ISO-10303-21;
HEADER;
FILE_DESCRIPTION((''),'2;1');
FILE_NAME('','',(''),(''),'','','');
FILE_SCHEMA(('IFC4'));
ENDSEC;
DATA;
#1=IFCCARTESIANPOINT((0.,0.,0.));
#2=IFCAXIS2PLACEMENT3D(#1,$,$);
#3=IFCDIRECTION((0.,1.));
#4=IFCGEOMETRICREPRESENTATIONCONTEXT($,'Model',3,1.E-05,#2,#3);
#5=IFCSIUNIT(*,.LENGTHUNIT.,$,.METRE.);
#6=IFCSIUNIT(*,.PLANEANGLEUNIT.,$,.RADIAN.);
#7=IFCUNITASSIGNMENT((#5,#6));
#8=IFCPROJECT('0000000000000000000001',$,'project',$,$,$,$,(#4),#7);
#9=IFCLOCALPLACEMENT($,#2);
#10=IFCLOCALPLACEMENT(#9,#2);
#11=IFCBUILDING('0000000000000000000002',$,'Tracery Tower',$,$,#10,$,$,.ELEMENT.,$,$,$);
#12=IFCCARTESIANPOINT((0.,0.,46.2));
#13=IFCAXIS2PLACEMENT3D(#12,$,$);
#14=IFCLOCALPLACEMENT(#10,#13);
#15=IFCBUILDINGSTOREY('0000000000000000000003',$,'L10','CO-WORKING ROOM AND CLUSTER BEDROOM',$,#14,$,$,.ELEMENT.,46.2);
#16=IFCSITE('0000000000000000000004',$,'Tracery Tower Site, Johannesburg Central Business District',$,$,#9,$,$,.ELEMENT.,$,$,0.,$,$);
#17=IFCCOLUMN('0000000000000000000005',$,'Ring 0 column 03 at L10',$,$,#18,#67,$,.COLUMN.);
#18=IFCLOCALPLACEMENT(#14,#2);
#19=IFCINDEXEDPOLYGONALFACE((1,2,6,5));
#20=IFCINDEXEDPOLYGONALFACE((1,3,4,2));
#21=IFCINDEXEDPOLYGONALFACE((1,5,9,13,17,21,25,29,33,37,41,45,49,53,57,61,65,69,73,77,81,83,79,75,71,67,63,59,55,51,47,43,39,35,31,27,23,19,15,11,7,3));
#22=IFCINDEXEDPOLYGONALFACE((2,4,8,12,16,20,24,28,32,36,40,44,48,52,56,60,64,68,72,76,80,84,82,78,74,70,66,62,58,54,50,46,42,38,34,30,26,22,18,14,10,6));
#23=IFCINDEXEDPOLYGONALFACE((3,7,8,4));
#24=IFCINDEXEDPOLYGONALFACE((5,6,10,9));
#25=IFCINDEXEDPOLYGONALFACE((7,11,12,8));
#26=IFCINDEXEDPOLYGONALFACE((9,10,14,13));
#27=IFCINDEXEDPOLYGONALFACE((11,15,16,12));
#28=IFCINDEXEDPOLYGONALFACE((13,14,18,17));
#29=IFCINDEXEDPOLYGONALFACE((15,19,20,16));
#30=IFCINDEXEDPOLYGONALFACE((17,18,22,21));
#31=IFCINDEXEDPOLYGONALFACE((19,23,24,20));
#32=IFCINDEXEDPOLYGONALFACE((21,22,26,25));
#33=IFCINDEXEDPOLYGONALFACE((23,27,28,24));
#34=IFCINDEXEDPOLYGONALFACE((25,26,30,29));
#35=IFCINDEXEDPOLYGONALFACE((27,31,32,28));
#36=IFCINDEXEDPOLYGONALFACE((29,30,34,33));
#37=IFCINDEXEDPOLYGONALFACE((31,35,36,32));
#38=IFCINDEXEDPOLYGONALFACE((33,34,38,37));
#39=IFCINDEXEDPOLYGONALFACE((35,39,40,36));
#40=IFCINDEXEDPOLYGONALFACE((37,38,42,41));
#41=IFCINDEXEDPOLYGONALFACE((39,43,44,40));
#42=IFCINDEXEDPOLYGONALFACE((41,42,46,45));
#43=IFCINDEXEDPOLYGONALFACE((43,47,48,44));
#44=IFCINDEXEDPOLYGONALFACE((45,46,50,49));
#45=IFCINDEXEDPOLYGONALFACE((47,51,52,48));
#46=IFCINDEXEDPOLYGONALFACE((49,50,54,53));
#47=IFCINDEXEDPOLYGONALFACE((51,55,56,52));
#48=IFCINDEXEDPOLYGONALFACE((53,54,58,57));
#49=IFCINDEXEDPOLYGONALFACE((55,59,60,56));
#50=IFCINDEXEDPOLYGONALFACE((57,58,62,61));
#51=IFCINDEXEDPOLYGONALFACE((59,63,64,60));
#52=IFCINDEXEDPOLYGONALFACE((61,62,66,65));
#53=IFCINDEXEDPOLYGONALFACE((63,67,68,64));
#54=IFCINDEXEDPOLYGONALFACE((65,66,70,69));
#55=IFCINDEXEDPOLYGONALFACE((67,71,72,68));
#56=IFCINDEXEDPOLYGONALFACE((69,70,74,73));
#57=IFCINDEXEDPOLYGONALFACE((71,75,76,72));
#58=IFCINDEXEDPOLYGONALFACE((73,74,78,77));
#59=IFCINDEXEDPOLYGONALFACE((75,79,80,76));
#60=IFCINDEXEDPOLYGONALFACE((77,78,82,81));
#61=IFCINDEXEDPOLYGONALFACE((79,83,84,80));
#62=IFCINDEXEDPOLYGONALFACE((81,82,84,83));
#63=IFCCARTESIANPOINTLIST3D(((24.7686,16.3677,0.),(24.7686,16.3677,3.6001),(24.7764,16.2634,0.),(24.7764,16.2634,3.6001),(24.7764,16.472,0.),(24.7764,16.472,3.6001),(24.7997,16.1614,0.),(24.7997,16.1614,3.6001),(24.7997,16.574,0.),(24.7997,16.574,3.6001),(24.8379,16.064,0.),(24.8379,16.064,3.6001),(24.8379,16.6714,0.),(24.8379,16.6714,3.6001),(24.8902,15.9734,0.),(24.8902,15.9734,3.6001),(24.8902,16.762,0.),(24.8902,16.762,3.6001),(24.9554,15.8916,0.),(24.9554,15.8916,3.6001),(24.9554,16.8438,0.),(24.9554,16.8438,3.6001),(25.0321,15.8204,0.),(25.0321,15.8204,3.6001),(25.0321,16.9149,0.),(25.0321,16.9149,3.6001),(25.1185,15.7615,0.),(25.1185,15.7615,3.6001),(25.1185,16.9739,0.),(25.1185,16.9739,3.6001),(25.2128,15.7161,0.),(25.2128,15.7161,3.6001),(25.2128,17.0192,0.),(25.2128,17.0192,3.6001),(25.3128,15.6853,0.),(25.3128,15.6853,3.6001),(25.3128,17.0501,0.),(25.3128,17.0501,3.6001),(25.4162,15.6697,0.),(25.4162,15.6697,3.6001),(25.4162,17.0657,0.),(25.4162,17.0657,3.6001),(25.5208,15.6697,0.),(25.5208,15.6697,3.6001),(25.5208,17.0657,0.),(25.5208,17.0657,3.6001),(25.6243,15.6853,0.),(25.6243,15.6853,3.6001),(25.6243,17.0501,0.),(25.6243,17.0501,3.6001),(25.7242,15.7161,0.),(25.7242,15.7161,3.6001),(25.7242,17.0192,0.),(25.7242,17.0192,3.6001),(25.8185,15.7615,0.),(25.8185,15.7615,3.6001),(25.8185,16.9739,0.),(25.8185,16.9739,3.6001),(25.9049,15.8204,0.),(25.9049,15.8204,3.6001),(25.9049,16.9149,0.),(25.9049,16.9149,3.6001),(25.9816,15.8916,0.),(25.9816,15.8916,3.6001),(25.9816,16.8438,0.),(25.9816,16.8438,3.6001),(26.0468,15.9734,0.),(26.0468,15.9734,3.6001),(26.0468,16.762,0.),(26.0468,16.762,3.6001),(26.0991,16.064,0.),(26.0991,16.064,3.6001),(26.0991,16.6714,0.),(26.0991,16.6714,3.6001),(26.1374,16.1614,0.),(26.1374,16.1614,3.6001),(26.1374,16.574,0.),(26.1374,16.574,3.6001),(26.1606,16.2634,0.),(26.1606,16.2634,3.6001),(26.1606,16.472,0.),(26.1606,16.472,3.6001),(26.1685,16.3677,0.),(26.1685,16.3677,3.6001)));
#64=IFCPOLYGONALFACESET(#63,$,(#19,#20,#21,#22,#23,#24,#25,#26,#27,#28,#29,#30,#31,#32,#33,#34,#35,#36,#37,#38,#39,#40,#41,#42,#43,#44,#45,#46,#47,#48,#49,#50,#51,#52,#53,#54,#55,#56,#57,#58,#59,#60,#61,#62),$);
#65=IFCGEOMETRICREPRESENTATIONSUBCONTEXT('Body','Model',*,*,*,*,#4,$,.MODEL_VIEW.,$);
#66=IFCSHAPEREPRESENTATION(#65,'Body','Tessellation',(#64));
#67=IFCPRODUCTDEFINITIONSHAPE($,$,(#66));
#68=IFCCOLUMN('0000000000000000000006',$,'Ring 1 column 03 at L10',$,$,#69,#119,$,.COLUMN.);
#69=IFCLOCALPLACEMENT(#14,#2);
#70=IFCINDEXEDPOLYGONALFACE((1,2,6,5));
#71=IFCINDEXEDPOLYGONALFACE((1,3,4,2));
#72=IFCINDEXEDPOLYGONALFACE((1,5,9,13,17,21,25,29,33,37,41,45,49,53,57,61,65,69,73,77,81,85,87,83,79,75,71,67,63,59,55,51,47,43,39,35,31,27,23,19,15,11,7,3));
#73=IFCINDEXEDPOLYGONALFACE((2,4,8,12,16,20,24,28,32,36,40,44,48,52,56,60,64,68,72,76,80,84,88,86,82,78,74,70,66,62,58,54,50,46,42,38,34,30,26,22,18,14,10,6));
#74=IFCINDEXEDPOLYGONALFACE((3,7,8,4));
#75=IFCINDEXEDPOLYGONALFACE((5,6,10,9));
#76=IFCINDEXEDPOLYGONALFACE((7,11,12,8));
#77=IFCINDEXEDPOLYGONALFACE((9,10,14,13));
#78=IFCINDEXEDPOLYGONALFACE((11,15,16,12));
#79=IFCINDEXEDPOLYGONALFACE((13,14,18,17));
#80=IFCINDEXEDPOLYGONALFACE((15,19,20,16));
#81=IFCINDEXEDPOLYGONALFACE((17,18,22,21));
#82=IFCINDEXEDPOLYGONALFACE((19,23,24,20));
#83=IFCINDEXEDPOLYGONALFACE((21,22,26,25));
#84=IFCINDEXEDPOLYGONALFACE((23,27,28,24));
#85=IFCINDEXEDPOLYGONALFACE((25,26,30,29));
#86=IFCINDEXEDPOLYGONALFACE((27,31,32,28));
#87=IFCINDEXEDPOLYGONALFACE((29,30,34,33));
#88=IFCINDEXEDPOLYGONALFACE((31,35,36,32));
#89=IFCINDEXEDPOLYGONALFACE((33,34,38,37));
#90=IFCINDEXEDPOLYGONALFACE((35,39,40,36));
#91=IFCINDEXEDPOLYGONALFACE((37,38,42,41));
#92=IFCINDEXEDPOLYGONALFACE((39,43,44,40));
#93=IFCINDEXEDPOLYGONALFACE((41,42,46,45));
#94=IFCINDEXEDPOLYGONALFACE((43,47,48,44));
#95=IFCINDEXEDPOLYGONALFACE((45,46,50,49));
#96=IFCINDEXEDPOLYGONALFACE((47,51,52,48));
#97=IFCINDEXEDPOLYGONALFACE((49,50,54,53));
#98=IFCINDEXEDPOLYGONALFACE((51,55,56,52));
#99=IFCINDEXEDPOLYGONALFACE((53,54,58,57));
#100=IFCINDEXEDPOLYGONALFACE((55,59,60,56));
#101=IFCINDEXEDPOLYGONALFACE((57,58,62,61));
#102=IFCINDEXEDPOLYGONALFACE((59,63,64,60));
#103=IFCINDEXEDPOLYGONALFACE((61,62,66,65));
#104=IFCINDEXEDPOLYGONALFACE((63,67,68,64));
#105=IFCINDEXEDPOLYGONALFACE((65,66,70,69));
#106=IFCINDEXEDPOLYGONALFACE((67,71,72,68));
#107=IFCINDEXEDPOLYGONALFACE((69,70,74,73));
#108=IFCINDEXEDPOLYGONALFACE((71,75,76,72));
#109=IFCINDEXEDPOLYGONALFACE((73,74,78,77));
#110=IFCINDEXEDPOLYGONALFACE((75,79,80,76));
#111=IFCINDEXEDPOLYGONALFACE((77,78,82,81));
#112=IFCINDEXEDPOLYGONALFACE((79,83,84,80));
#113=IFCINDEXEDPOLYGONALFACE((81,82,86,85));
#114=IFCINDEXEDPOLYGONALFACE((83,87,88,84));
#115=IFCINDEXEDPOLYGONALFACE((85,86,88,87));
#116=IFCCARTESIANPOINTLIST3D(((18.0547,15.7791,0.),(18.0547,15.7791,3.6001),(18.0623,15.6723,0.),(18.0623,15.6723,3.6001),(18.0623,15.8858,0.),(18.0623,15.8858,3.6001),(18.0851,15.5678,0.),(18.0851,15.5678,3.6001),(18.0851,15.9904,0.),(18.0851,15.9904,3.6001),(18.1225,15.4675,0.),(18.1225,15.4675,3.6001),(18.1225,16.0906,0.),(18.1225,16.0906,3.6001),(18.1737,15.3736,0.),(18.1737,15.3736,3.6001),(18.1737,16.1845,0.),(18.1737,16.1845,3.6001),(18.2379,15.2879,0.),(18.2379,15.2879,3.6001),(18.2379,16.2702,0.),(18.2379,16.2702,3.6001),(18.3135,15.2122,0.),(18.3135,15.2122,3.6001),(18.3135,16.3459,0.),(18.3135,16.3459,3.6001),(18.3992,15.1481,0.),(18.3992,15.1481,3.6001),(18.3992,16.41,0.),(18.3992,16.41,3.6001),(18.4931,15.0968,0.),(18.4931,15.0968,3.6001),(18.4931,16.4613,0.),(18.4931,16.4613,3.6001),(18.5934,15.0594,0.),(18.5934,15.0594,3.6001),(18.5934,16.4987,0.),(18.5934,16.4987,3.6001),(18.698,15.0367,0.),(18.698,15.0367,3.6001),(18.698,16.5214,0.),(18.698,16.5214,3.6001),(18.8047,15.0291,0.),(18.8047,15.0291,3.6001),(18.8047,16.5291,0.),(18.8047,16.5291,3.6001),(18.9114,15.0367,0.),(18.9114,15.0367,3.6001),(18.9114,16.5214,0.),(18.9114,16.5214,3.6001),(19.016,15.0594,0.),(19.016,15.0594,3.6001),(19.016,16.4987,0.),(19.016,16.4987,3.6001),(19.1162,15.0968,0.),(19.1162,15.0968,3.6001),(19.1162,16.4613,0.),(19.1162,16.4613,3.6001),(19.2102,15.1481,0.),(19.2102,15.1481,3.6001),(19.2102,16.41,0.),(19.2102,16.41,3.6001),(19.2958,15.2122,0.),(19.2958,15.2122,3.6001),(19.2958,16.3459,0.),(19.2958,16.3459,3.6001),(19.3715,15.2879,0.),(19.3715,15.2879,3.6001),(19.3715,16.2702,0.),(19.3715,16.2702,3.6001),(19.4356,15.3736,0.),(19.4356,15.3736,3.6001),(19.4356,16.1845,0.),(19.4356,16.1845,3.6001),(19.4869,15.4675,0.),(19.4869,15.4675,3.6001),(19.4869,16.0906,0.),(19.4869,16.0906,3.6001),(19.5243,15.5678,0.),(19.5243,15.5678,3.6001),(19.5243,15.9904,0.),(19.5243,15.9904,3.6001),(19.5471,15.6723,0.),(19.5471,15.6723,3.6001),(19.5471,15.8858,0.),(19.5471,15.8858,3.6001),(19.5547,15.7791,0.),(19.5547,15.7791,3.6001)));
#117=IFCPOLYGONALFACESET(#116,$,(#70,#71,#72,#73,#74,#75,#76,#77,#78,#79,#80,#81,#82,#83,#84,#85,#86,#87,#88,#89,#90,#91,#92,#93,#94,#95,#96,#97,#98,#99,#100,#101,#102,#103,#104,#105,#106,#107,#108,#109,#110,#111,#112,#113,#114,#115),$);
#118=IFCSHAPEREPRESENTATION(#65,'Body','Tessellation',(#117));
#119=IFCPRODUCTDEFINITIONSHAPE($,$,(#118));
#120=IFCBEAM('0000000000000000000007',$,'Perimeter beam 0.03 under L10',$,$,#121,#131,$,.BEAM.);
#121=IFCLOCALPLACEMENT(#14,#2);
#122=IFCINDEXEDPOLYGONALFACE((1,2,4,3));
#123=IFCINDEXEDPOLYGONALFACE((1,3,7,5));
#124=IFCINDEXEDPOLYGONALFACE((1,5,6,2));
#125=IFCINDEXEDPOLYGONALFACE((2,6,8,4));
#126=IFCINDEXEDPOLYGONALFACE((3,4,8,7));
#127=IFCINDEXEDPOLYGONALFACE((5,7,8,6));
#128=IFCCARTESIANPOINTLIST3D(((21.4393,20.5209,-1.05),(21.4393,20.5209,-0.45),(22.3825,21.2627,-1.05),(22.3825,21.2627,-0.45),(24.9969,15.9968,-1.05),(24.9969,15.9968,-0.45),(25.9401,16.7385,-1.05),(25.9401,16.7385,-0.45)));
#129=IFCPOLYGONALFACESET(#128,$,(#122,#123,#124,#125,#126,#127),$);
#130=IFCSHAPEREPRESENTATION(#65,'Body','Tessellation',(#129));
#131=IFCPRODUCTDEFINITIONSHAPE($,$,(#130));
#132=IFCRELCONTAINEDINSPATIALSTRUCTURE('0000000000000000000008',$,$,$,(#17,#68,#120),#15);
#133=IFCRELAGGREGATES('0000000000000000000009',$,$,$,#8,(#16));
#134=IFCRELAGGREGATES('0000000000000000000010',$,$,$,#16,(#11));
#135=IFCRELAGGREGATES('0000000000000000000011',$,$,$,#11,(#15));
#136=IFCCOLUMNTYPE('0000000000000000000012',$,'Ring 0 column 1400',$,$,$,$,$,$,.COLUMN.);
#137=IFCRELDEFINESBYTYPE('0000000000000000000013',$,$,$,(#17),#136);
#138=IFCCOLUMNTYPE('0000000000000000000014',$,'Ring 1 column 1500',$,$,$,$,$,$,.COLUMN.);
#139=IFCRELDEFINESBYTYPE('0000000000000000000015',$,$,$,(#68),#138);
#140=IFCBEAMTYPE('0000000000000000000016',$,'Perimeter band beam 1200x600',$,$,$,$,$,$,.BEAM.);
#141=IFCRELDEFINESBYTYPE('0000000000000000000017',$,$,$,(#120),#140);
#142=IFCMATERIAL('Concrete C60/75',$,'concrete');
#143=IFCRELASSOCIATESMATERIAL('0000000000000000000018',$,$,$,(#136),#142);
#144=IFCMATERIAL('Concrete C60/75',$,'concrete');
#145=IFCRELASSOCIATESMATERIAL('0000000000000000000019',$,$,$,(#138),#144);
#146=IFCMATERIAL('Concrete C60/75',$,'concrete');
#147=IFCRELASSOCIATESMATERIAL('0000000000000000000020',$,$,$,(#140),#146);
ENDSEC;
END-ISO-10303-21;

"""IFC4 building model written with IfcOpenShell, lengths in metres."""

from ifc_helpers import new_model, si_unit, direction, frame, origin, origin_2d, place, context, subcontext, project, spatial, rectangle, circle, extrude, material, material_profile, profile_set, type_object, element, save


model = new_model("IFC4")

# Units and contexts
model_context = context("Model", 3, precision=1e-05, world=origin(), true_north=direction((0.0, 1.0)))
body_context = subcontext(model_context, "Body", "Model", "MODEL_VIEW")
ifc_project = project(units=[si_unit("LENGTHUNIT", "METRE"), si_unit("PLANEANGLEUNIT", "RADIAN")], contexts=[model_context])

# Site, building, storey
site_placement = place(None, origin())
site = spatial("IfcSite", under=ifc_project, at=site_placement, Name="Tracery Tower Site, Johannesburg Central Business District", CompositionType="ELEMENT", RefElevation=0.0)
building_placement = place(site_placement, origin())
building = spatial("IfcBuilding", under=site, at=building_placement, Name="Tracery Tower", CompositionType="ELEMENT")
storey_placement = place(building_placement, frame((0.0, 0.0, 46.2)))
storey = spatial("IfcBuildingStorey", under=building, at=storey_placement, Name="L10", Description="CO-WORKING ROOM AND CLUSTER BEDROOM", CompositionType="ELEMENT", Elevation=46.2)

# Columns
ifc_material_1 = material(Name="Concrete C60/75", Category="concrete")
ifc_material_profile_1 = material_profile(ifc_material_1, circle(Radius=0.7, at=origin_2d()), Name="RC D1400")
ifc_profile_set_1 = profile_set([ifc_material_profile_1], Name="Concrete C60/75")
column_type_1 = type_object("IfcColumnType", Name="Ring 0 column 1400", PredefinedType="COLUMN", material=ifc_profile_set_1)
column_1_placement = place(storey_placement, frame((25.4685, 16.3677, 0.0), z_axis=(0.0, 0.0, 1.0), x_axis=(1.0, 0.0, 0.0)))
element("IfcColumn", 1, at=column_1_placement, inside=storey, type_object=column_type_1, Name="Ring 0 column 03 at L10", PredefinedType="COLUMN", context=body_context, shape_type="SweptSolid", body=[
    extrude(circle(Radius=0.7, at=origin_2d()), origin(), (0.0, 0.0, 1.0), 3.6001),
])
ifc_material_2 = material(Name="Concrete C60/75", Category="concrete")
ifc_material_profile_2 = material_profile(ifc_material_2, circle(Radius=0.75, at=origin_2d()), Name="RC D1500")
ifc_profile_set_2 = profile_set([ifc_material_profile_2], Name="Concrete C60/75")
column_type_2 = type_object("IfcColumnType", Name="Ring 1 column 1500", PredefinedType="COLUMN", material=ifc_profile_set_2)
column_2_placement = place(storey_placement, frame((18.8047, 15.7791, 0.0), z_axis=(0.0, 0.0, 1.0), x_axis=(1.0, 0.0, 0.0)))
element("IfcColumn", 2, at=column_2_placement, inside=storey, type_object=column_type_2, Name="Ring 1 column 03 at L10", PredefinedType="COLUMN", context=body_context, shape_type="SweptSolid", body=[
    extrude(circle(Radius=0.75, at=origin_2d()), origin(), (0.0, 0.0, 1.0), 3.6001),
])

# Beam
ifc_material_3 = material(Name="Concrete C60/75", Category="concrete")
ifc_material_profile_3 = material_profile(ifc_material_3, rectangle(XDim=1.2, YDim=0.6001, at=origin_2d()), Name="RC 1200x600")
ifc_profile_set_3 = profile_set([ifc_material_profile_3], Name="Concrete C60/75")
beam_type = type_object("IfcBeamType", Name="Perimeter band beam 1200x600", PredefinedType="BEAM", material=ifc_profile_set_3)
beam_placement = place(storey_placement, frame((25.4685, 16.3677, -0.75), z_axis=(-0.618134, 0.786072, 0.0), x_axis=(-0.786072, -0.618134, 0.0)))
element("IfcBeam", 3, at=beam_placement, inside=storey, type_object=beam_type, Name="Perimeter beam 0.03 under L10", PredefinedType="BEAM", context=body_context, shape_type="SweptSolid", body=[
    extrude(rectangle(XDim=1.2, YDim=0.6001, at=origin_2d()), origin(), (0.0, 0.0, 1.0), 5.7554),
])

save(model, "model.ifc")
